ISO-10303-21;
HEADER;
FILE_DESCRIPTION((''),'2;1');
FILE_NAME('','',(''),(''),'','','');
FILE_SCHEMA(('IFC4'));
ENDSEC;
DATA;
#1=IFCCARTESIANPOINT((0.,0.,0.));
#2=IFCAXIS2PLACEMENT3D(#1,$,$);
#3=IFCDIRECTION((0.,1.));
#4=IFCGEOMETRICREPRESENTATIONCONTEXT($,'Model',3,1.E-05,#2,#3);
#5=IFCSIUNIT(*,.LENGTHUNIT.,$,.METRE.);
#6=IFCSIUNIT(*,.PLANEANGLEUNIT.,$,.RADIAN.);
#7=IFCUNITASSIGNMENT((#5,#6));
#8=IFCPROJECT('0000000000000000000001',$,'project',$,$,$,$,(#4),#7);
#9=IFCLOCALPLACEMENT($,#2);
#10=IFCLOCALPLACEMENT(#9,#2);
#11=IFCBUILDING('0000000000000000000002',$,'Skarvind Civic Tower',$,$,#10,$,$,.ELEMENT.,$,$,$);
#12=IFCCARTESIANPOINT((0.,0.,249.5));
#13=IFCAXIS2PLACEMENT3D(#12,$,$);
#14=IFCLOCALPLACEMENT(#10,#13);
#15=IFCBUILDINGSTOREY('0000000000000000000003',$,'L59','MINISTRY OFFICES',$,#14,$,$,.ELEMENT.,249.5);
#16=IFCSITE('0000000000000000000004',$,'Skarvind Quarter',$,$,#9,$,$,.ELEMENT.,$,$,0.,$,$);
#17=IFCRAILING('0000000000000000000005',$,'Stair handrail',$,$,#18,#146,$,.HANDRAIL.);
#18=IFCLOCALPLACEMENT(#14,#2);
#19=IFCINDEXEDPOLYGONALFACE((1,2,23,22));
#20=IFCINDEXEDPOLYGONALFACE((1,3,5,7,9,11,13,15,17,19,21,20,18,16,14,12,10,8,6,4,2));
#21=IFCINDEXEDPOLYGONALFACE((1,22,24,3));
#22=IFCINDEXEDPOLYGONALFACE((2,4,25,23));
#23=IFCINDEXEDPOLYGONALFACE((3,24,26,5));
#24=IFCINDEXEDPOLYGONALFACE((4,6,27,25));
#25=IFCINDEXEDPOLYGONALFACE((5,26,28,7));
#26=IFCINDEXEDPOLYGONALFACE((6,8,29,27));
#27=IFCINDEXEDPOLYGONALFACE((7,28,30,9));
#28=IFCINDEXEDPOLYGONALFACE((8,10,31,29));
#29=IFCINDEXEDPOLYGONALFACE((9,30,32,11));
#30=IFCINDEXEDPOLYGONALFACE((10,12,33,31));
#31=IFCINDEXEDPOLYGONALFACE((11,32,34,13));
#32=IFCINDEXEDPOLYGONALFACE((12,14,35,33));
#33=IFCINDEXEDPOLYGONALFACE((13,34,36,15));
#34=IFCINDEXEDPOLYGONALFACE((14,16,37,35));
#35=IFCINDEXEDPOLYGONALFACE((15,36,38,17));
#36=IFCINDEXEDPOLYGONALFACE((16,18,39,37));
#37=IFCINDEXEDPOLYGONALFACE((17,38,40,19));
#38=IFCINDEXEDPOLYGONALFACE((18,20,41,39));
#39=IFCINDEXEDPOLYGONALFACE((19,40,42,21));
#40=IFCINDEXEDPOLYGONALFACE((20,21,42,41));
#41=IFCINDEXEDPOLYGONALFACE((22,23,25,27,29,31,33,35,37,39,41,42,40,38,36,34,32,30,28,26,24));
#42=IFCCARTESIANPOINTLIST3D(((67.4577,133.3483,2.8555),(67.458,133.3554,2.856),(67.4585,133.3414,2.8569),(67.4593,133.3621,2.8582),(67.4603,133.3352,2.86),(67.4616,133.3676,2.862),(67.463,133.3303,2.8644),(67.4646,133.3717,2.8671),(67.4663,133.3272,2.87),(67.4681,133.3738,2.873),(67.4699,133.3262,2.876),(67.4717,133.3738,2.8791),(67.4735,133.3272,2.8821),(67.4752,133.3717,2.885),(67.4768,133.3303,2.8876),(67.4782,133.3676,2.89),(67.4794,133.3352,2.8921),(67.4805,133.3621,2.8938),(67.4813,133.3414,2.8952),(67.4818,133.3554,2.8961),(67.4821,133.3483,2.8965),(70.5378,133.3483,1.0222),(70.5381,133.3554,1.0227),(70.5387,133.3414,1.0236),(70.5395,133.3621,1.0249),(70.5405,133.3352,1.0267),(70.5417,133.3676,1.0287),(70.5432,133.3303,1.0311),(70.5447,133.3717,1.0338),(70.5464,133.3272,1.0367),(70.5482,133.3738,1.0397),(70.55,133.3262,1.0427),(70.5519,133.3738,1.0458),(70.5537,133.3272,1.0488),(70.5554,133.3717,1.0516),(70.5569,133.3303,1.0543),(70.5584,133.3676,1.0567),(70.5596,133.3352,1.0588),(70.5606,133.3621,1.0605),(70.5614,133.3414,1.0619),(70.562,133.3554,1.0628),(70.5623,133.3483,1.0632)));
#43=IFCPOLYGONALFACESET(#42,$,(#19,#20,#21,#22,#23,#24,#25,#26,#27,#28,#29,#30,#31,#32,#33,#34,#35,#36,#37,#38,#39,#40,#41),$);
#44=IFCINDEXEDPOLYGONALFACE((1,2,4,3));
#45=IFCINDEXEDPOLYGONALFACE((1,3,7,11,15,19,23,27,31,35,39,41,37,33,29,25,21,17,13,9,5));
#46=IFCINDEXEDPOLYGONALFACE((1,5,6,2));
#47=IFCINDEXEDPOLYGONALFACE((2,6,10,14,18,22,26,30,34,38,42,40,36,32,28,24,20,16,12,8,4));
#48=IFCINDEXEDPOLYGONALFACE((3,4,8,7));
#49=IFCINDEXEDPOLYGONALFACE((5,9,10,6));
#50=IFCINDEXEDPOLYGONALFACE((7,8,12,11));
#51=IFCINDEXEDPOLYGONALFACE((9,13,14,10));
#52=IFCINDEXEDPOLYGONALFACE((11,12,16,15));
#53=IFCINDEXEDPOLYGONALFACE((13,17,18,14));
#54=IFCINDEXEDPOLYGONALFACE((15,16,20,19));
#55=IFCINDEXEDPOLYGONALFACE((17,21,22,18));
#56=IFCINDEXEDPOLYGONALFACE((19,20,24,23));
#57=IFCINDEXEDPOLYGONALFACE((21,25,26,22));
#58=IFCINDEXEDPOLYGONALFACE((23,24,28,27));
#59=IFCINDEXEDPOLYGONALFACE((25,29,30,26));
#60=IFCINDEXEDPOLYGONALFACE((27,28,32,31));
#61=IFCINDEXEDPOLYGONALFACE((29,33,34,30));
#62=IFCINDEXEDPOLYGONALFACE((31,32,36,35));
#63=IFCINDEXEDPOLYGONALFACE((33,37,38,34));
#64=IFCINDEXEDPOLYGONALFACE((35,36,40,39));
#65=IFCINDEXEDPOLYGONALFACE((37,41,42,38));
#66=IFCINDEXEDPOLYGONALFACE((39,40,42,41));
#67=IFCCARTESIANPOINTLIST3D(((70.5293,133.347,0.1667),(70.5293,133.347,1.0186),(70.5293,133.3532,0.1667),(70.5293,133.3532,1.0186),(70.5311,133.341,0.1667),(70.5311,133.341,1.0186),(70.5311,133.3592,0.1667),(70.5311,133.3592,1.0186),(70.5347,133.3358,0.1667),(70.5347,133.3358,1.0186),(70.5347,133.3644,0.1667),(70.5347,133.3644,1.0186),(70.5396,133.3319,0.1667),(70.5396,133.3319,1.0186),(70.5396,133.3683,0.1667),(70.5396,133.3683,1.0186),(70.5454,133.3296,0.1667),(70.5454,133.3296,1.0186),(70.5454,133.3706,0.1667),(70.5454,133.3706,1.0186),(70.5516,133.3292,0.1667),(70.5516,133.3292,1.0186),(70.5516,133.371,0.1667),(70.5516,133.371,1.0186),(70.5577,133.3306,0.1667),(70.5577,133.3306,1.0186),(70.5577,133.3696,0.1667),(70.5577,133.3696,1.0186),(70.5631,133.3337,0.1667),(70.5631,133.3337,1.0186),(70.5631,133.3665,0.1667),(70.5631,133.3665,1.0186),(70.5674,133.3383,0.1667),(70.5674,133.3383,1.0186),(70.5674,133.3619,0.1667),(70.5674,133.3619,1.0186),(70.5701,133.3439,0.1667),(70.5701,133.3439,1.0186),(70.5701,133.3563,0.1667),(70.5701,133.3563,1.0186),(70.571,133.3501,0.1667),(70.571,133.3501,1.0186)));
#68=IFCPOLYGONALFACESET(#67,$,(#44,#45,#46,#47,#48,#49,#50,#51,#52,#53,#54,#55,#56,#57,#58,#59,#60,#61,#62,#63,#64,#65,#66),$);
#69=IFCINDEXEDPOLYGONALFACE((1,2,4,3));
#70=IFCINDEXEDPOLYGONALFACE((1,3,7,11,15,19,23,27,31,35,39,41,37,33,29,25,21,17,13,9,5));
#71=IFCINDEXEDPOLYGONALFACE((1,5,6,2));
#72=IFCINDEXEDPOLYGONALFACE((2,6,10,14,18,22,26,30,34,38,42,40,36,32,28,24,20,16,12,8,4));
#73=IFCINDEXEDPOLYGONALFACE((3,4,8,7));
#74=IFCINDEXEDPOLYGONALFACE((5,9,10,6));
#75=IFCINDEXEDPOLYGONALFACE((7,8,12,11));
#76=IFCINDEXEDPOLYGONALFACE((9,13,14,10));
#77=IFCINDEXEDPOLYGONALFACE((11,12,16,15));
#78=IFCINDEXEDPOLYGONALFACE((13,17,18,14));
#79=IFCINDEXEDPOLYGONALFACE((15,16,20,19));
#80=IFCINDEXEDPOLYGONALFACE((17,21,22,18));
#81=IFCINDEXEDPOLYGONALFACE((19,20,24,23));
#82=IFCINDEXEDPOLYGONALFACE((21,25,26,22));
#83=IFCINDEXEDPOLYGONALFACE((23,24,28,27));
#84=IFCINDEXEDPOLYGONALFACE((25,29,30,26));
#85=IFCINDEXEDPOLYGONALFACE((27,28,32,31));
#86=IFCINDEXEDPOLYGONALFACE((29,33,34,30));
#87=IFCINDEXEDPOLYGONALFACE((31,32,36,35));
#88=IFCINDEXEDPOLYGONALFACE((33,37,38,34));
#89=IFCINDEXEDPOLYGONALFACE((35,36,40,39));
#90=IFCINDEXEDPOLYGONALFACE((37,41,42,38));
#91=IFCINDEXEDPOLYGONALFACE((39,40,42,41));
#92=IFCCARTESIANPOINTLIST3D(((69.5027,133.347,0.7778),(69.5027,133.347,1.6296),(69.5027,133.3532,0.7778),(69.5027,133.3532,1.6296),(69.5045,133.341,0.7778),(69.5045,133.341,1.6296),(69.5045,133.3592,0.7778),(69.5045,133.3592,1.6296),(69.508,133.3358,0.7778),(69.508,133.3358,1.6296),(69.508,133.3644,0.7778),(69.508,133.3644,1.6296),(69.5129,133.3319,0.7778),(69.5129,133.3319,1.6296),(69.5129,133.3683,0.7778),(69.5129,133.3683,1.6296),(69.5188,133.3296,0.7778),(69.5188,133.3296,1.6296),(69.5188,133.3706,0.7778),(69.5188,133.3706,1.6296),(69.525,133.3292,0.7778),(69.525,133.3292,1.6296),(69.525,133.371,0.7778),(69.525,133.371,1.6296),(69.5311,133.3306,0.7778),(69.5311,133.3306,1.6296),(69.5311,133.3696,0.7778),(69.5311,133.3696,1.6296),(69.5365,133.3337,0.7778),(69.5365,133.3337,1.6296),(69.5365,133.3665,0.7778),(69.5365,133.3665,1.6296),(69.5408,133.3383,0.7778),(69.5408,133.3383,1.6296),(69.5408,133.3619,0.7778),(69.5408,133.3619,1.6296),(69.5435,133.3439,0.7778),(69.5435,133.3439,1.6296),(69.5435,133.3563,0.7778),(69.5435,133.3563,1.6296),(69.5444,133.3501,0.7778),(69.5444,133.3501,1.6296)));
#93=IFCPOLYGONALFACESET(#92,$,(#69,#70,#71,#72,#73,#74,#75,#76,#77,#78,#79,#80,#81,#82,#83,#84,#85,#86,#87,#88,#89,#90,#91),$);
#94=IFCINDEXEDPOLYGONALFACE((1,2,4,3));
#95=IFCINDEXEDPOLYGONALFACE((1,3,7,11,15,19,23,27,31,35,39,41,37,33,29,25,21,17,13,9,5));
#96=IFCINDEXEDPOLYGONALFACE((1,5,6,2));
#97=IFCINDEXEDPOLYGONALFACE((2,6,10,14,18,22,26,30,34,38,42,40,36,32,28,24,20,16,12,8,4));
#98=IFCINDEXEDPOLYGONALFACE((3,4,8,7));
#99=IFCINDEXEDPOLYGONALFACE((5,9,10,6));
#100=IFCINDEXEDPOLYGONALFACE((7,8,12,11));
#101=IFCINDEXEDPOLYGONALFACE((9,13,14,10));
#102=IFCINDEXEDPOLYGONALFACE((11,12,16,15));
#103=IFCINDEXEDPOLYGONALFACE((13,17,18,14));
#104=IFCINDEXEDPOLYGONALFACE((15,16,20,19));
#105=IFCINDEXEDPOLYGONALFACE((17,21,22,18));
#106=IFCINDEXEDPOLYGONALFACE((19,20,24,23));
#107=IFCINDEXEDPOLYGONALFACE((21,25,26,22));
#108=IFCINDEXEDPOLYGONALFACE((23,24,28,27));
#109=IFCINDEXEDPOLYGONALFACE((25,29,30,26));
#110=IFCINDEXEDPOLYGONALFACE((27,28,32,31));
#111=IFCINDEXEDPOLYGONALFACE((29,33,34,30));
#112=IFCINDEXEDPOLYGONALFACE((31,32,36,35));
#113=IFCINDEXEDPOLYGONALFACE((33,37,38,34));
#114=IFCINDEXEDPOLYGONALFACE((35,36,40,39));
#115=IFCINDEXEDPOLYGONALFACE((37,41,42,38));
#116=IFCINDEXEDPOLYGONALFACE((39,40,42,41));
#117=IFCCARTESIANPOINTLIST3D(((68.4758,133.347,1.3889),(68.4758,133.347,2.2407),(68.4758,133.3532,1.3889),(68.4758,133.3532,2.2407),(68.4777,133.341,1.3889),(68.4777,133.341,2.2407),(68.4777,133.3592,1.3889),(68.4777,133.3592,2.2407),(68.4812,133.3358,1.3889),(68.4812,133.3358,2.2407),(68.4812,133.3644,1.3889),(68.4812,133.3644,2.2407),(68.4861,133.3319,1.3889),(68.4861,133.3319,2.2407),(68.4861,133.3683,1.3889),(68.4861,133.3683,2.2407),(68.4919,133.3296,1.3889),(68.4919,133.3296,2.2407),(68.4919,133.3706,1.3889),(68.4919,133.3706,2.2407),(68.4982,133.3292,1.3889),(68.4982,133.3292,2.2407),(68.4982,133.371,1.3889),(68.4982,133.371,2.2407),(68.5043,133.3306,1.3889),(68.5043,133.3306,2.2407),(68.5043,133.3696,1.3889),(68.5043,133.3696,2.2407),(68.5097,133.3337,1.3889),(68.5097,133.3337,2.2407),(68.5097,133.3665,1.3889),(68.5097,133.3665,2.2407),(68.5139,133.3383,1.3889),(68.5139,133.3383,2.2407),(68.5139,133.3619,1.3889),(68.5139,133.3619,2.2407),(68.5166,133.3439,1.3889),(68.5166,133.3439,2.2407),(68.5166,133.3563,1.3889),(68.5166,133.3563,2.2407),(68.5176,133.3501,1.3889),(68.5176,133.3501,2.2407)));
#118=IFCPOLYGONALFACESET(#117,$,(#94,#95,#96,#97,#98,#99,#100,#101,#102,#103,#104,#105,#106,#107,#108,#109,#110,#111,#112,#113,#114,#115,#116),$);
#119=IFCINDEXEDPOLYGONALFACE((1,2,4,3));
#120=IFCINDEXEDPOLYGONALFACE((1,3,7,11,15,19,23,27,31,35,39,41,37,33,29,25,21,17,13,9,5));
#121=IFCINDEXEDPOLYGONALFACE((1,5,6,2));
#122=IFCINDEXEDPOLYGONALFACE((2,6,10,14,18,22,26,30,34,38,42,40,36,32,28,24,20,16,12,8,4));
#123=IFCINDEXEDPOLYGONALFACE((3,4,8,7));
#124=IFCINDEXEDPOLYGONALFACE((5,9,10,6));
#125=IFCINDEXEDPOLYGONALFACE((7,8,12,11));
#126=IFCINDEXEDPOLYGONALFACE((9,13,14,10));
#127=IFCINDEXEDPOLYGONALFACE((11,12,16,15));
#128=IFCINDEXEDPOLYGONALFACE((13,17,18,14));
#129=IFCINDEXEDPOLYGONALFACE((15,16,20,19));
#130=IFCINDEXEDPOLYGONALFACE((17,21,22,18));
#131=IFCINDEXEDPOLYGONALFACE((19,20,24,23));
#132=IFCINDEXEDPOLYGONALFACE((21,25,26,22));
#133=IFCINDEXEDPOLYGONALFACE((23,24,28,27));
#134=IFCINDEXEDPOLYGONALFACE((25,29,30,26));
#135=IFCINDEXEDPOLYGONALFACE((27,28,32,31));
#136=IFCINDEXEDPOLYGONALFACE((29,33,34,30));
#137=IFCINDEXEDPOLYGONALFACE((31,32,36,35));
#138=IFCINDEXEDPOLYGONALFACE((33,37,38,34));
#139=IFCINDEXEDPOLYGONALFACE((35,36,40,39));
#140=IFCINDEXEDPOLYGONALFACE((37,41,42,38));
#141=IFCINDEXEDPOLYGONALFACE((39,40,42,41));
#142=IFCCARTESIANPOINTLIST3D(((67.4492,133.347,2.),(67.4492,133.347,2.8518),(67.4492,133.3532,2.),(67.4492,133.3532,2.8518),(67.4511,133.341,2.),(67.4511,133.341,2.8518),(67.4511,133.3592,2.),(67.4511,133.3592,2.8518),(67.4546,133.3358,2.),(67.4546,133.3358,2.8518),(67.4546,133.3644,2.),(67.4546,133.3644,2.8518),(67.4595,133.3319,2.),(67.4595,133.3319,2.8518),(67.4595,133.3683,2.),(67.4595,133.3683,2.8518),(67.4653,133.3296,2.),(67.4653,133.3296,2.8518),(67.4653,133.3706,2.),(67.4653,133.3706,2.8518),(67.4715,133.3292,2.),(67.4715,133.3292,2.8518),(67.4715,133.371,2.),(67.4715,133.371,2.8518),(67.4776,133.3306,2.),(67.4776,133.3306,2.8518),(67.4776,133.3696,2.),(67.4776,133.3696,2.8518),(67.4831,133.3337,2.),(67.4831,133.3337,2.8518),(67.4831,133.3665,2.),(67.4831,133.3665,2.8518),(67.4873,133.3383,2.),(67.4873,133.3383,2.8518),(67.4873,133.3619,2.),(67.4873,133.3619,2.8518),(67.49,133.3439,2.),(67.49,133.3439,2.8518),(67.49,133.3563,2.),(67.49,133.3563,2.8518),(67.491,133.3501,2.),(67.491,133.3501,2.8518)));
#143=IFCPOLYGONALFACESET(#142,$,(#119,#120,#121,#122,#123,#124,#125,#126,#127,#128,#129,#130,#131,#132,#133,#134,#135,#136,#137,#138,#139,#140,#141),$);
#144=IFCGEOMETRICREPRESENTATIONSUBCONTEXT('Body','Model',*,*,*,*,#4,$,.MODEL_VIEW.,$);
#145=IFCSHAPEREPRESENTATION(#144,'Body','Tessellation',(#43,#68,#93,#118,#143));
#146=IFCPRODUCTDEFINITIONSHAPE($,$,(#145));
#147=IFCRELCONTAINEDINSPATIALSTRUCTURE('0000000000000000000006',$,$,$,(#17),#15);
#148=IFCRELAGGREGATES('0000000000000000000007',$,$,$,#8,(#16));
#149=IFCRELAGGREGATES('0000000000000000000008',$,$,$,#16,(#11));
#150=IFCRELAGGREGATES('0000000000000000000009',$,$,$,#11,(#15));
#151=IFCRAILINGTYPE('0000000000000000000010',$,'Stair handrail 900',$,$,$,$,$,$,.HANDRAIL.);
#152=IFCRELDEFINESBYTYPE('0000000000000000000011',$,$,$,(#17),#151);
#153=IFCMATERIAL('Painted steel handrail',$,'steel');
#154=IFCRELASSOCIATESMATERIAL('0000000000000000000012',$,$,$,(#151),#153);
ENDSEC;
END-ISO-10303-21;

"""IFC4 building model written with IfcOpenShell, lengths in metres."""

from ifc_helpers import new_model, si_unit, direction, frame, origin, origin_2d, place, context, subcontext, project, spatial, circle, extrude, material, type_object, element, save


model = new_model("IFC4")

# Units and contexts
model_context = context("Model", 3, precision=1e-05, world=origin(), true_north=direction((0.0, 1.0)))
body_context = subcontext(model_context, "Body", "Model", "MODEL_VIEW")
ifc_project = project(units=[si_unit("LENGTHUNIT", "METRE"), si_unit("PLANEANGLEUNIT", "RADIAN")], contexts=[model_context])

# Site, building, storey
site_placement = place(None, origin())
site = spatial("IfcSite", under=ifc_project, at=site_placement, Name="Skarvind Quarter", CompositionType="ELEMENT", RefElevation=0.0)
building_placement = place(site_placement, origin())
building = spatial("IfcBuilding", under=site, at=building_placement, Name="Skarvind Civic Tower", CompositionType="ELEMENT")
storey_placement = place(building_placement, frame((0.0, 0.0, 249.5)))
storey = spatial("IfcBuildingStorey", under=building, at=storey_placement, Name="L59", Description="MINISTRY OFFICES", CompositionType="ELEMENT", Elevation=249.5)

# Railing
ifc_material_1 = material(Name="Painted steel handrail", Category="steel")
railing_type = type_object("IfcRailingType", Name="Stair handrail 900", PredefinedType="HANDRAIL", material=ifc_material_1)
railing_1_placement = place(storey_placement, frame((70.55, 133.3501, 0.1667)))
element("IfcRailing", 1, at=railing_1_placement, inside=storey, type_object=railing_type, Name="Stair handrail", PredefinedType="HANDRAIL", context=body_context, shape_type="SweptSolid", body=[
    extrude(circle(Radius=0.0239, at=origin_2d()), frame((0.0, 0.0, 0.876), z_axis=(-0.859309, 0.0, 0.511458), x_axis=(0.0, -1.0, 0.0)), (0.0, 0.0, 1.0), 3.5845),
    extrude(circle(Radius=0.021, at=origin_2d()), origin(), (0.0, 0.0, 1.0), 0.8518),
    extrude(circle(Radius=0.021, at=origin_2d()), frame((-1.0266, 0.0, 0.6111)), (0.0, 0.0, 1.0), 0.8518),
    extrude(circle(Radius=0.021, at=origin_2d()), frame((-2.0535, 0.0, 1.2222)), (0.0, 0.0, 1.0), 0.8518),
    extrude(circle(Radius=0.021, at=origin_2d()), frame((-3.0801, 0.0, 1.8333)), (0.0, 0.0, 1.0), 0.8518),
])

save(model, "model.ifc")
